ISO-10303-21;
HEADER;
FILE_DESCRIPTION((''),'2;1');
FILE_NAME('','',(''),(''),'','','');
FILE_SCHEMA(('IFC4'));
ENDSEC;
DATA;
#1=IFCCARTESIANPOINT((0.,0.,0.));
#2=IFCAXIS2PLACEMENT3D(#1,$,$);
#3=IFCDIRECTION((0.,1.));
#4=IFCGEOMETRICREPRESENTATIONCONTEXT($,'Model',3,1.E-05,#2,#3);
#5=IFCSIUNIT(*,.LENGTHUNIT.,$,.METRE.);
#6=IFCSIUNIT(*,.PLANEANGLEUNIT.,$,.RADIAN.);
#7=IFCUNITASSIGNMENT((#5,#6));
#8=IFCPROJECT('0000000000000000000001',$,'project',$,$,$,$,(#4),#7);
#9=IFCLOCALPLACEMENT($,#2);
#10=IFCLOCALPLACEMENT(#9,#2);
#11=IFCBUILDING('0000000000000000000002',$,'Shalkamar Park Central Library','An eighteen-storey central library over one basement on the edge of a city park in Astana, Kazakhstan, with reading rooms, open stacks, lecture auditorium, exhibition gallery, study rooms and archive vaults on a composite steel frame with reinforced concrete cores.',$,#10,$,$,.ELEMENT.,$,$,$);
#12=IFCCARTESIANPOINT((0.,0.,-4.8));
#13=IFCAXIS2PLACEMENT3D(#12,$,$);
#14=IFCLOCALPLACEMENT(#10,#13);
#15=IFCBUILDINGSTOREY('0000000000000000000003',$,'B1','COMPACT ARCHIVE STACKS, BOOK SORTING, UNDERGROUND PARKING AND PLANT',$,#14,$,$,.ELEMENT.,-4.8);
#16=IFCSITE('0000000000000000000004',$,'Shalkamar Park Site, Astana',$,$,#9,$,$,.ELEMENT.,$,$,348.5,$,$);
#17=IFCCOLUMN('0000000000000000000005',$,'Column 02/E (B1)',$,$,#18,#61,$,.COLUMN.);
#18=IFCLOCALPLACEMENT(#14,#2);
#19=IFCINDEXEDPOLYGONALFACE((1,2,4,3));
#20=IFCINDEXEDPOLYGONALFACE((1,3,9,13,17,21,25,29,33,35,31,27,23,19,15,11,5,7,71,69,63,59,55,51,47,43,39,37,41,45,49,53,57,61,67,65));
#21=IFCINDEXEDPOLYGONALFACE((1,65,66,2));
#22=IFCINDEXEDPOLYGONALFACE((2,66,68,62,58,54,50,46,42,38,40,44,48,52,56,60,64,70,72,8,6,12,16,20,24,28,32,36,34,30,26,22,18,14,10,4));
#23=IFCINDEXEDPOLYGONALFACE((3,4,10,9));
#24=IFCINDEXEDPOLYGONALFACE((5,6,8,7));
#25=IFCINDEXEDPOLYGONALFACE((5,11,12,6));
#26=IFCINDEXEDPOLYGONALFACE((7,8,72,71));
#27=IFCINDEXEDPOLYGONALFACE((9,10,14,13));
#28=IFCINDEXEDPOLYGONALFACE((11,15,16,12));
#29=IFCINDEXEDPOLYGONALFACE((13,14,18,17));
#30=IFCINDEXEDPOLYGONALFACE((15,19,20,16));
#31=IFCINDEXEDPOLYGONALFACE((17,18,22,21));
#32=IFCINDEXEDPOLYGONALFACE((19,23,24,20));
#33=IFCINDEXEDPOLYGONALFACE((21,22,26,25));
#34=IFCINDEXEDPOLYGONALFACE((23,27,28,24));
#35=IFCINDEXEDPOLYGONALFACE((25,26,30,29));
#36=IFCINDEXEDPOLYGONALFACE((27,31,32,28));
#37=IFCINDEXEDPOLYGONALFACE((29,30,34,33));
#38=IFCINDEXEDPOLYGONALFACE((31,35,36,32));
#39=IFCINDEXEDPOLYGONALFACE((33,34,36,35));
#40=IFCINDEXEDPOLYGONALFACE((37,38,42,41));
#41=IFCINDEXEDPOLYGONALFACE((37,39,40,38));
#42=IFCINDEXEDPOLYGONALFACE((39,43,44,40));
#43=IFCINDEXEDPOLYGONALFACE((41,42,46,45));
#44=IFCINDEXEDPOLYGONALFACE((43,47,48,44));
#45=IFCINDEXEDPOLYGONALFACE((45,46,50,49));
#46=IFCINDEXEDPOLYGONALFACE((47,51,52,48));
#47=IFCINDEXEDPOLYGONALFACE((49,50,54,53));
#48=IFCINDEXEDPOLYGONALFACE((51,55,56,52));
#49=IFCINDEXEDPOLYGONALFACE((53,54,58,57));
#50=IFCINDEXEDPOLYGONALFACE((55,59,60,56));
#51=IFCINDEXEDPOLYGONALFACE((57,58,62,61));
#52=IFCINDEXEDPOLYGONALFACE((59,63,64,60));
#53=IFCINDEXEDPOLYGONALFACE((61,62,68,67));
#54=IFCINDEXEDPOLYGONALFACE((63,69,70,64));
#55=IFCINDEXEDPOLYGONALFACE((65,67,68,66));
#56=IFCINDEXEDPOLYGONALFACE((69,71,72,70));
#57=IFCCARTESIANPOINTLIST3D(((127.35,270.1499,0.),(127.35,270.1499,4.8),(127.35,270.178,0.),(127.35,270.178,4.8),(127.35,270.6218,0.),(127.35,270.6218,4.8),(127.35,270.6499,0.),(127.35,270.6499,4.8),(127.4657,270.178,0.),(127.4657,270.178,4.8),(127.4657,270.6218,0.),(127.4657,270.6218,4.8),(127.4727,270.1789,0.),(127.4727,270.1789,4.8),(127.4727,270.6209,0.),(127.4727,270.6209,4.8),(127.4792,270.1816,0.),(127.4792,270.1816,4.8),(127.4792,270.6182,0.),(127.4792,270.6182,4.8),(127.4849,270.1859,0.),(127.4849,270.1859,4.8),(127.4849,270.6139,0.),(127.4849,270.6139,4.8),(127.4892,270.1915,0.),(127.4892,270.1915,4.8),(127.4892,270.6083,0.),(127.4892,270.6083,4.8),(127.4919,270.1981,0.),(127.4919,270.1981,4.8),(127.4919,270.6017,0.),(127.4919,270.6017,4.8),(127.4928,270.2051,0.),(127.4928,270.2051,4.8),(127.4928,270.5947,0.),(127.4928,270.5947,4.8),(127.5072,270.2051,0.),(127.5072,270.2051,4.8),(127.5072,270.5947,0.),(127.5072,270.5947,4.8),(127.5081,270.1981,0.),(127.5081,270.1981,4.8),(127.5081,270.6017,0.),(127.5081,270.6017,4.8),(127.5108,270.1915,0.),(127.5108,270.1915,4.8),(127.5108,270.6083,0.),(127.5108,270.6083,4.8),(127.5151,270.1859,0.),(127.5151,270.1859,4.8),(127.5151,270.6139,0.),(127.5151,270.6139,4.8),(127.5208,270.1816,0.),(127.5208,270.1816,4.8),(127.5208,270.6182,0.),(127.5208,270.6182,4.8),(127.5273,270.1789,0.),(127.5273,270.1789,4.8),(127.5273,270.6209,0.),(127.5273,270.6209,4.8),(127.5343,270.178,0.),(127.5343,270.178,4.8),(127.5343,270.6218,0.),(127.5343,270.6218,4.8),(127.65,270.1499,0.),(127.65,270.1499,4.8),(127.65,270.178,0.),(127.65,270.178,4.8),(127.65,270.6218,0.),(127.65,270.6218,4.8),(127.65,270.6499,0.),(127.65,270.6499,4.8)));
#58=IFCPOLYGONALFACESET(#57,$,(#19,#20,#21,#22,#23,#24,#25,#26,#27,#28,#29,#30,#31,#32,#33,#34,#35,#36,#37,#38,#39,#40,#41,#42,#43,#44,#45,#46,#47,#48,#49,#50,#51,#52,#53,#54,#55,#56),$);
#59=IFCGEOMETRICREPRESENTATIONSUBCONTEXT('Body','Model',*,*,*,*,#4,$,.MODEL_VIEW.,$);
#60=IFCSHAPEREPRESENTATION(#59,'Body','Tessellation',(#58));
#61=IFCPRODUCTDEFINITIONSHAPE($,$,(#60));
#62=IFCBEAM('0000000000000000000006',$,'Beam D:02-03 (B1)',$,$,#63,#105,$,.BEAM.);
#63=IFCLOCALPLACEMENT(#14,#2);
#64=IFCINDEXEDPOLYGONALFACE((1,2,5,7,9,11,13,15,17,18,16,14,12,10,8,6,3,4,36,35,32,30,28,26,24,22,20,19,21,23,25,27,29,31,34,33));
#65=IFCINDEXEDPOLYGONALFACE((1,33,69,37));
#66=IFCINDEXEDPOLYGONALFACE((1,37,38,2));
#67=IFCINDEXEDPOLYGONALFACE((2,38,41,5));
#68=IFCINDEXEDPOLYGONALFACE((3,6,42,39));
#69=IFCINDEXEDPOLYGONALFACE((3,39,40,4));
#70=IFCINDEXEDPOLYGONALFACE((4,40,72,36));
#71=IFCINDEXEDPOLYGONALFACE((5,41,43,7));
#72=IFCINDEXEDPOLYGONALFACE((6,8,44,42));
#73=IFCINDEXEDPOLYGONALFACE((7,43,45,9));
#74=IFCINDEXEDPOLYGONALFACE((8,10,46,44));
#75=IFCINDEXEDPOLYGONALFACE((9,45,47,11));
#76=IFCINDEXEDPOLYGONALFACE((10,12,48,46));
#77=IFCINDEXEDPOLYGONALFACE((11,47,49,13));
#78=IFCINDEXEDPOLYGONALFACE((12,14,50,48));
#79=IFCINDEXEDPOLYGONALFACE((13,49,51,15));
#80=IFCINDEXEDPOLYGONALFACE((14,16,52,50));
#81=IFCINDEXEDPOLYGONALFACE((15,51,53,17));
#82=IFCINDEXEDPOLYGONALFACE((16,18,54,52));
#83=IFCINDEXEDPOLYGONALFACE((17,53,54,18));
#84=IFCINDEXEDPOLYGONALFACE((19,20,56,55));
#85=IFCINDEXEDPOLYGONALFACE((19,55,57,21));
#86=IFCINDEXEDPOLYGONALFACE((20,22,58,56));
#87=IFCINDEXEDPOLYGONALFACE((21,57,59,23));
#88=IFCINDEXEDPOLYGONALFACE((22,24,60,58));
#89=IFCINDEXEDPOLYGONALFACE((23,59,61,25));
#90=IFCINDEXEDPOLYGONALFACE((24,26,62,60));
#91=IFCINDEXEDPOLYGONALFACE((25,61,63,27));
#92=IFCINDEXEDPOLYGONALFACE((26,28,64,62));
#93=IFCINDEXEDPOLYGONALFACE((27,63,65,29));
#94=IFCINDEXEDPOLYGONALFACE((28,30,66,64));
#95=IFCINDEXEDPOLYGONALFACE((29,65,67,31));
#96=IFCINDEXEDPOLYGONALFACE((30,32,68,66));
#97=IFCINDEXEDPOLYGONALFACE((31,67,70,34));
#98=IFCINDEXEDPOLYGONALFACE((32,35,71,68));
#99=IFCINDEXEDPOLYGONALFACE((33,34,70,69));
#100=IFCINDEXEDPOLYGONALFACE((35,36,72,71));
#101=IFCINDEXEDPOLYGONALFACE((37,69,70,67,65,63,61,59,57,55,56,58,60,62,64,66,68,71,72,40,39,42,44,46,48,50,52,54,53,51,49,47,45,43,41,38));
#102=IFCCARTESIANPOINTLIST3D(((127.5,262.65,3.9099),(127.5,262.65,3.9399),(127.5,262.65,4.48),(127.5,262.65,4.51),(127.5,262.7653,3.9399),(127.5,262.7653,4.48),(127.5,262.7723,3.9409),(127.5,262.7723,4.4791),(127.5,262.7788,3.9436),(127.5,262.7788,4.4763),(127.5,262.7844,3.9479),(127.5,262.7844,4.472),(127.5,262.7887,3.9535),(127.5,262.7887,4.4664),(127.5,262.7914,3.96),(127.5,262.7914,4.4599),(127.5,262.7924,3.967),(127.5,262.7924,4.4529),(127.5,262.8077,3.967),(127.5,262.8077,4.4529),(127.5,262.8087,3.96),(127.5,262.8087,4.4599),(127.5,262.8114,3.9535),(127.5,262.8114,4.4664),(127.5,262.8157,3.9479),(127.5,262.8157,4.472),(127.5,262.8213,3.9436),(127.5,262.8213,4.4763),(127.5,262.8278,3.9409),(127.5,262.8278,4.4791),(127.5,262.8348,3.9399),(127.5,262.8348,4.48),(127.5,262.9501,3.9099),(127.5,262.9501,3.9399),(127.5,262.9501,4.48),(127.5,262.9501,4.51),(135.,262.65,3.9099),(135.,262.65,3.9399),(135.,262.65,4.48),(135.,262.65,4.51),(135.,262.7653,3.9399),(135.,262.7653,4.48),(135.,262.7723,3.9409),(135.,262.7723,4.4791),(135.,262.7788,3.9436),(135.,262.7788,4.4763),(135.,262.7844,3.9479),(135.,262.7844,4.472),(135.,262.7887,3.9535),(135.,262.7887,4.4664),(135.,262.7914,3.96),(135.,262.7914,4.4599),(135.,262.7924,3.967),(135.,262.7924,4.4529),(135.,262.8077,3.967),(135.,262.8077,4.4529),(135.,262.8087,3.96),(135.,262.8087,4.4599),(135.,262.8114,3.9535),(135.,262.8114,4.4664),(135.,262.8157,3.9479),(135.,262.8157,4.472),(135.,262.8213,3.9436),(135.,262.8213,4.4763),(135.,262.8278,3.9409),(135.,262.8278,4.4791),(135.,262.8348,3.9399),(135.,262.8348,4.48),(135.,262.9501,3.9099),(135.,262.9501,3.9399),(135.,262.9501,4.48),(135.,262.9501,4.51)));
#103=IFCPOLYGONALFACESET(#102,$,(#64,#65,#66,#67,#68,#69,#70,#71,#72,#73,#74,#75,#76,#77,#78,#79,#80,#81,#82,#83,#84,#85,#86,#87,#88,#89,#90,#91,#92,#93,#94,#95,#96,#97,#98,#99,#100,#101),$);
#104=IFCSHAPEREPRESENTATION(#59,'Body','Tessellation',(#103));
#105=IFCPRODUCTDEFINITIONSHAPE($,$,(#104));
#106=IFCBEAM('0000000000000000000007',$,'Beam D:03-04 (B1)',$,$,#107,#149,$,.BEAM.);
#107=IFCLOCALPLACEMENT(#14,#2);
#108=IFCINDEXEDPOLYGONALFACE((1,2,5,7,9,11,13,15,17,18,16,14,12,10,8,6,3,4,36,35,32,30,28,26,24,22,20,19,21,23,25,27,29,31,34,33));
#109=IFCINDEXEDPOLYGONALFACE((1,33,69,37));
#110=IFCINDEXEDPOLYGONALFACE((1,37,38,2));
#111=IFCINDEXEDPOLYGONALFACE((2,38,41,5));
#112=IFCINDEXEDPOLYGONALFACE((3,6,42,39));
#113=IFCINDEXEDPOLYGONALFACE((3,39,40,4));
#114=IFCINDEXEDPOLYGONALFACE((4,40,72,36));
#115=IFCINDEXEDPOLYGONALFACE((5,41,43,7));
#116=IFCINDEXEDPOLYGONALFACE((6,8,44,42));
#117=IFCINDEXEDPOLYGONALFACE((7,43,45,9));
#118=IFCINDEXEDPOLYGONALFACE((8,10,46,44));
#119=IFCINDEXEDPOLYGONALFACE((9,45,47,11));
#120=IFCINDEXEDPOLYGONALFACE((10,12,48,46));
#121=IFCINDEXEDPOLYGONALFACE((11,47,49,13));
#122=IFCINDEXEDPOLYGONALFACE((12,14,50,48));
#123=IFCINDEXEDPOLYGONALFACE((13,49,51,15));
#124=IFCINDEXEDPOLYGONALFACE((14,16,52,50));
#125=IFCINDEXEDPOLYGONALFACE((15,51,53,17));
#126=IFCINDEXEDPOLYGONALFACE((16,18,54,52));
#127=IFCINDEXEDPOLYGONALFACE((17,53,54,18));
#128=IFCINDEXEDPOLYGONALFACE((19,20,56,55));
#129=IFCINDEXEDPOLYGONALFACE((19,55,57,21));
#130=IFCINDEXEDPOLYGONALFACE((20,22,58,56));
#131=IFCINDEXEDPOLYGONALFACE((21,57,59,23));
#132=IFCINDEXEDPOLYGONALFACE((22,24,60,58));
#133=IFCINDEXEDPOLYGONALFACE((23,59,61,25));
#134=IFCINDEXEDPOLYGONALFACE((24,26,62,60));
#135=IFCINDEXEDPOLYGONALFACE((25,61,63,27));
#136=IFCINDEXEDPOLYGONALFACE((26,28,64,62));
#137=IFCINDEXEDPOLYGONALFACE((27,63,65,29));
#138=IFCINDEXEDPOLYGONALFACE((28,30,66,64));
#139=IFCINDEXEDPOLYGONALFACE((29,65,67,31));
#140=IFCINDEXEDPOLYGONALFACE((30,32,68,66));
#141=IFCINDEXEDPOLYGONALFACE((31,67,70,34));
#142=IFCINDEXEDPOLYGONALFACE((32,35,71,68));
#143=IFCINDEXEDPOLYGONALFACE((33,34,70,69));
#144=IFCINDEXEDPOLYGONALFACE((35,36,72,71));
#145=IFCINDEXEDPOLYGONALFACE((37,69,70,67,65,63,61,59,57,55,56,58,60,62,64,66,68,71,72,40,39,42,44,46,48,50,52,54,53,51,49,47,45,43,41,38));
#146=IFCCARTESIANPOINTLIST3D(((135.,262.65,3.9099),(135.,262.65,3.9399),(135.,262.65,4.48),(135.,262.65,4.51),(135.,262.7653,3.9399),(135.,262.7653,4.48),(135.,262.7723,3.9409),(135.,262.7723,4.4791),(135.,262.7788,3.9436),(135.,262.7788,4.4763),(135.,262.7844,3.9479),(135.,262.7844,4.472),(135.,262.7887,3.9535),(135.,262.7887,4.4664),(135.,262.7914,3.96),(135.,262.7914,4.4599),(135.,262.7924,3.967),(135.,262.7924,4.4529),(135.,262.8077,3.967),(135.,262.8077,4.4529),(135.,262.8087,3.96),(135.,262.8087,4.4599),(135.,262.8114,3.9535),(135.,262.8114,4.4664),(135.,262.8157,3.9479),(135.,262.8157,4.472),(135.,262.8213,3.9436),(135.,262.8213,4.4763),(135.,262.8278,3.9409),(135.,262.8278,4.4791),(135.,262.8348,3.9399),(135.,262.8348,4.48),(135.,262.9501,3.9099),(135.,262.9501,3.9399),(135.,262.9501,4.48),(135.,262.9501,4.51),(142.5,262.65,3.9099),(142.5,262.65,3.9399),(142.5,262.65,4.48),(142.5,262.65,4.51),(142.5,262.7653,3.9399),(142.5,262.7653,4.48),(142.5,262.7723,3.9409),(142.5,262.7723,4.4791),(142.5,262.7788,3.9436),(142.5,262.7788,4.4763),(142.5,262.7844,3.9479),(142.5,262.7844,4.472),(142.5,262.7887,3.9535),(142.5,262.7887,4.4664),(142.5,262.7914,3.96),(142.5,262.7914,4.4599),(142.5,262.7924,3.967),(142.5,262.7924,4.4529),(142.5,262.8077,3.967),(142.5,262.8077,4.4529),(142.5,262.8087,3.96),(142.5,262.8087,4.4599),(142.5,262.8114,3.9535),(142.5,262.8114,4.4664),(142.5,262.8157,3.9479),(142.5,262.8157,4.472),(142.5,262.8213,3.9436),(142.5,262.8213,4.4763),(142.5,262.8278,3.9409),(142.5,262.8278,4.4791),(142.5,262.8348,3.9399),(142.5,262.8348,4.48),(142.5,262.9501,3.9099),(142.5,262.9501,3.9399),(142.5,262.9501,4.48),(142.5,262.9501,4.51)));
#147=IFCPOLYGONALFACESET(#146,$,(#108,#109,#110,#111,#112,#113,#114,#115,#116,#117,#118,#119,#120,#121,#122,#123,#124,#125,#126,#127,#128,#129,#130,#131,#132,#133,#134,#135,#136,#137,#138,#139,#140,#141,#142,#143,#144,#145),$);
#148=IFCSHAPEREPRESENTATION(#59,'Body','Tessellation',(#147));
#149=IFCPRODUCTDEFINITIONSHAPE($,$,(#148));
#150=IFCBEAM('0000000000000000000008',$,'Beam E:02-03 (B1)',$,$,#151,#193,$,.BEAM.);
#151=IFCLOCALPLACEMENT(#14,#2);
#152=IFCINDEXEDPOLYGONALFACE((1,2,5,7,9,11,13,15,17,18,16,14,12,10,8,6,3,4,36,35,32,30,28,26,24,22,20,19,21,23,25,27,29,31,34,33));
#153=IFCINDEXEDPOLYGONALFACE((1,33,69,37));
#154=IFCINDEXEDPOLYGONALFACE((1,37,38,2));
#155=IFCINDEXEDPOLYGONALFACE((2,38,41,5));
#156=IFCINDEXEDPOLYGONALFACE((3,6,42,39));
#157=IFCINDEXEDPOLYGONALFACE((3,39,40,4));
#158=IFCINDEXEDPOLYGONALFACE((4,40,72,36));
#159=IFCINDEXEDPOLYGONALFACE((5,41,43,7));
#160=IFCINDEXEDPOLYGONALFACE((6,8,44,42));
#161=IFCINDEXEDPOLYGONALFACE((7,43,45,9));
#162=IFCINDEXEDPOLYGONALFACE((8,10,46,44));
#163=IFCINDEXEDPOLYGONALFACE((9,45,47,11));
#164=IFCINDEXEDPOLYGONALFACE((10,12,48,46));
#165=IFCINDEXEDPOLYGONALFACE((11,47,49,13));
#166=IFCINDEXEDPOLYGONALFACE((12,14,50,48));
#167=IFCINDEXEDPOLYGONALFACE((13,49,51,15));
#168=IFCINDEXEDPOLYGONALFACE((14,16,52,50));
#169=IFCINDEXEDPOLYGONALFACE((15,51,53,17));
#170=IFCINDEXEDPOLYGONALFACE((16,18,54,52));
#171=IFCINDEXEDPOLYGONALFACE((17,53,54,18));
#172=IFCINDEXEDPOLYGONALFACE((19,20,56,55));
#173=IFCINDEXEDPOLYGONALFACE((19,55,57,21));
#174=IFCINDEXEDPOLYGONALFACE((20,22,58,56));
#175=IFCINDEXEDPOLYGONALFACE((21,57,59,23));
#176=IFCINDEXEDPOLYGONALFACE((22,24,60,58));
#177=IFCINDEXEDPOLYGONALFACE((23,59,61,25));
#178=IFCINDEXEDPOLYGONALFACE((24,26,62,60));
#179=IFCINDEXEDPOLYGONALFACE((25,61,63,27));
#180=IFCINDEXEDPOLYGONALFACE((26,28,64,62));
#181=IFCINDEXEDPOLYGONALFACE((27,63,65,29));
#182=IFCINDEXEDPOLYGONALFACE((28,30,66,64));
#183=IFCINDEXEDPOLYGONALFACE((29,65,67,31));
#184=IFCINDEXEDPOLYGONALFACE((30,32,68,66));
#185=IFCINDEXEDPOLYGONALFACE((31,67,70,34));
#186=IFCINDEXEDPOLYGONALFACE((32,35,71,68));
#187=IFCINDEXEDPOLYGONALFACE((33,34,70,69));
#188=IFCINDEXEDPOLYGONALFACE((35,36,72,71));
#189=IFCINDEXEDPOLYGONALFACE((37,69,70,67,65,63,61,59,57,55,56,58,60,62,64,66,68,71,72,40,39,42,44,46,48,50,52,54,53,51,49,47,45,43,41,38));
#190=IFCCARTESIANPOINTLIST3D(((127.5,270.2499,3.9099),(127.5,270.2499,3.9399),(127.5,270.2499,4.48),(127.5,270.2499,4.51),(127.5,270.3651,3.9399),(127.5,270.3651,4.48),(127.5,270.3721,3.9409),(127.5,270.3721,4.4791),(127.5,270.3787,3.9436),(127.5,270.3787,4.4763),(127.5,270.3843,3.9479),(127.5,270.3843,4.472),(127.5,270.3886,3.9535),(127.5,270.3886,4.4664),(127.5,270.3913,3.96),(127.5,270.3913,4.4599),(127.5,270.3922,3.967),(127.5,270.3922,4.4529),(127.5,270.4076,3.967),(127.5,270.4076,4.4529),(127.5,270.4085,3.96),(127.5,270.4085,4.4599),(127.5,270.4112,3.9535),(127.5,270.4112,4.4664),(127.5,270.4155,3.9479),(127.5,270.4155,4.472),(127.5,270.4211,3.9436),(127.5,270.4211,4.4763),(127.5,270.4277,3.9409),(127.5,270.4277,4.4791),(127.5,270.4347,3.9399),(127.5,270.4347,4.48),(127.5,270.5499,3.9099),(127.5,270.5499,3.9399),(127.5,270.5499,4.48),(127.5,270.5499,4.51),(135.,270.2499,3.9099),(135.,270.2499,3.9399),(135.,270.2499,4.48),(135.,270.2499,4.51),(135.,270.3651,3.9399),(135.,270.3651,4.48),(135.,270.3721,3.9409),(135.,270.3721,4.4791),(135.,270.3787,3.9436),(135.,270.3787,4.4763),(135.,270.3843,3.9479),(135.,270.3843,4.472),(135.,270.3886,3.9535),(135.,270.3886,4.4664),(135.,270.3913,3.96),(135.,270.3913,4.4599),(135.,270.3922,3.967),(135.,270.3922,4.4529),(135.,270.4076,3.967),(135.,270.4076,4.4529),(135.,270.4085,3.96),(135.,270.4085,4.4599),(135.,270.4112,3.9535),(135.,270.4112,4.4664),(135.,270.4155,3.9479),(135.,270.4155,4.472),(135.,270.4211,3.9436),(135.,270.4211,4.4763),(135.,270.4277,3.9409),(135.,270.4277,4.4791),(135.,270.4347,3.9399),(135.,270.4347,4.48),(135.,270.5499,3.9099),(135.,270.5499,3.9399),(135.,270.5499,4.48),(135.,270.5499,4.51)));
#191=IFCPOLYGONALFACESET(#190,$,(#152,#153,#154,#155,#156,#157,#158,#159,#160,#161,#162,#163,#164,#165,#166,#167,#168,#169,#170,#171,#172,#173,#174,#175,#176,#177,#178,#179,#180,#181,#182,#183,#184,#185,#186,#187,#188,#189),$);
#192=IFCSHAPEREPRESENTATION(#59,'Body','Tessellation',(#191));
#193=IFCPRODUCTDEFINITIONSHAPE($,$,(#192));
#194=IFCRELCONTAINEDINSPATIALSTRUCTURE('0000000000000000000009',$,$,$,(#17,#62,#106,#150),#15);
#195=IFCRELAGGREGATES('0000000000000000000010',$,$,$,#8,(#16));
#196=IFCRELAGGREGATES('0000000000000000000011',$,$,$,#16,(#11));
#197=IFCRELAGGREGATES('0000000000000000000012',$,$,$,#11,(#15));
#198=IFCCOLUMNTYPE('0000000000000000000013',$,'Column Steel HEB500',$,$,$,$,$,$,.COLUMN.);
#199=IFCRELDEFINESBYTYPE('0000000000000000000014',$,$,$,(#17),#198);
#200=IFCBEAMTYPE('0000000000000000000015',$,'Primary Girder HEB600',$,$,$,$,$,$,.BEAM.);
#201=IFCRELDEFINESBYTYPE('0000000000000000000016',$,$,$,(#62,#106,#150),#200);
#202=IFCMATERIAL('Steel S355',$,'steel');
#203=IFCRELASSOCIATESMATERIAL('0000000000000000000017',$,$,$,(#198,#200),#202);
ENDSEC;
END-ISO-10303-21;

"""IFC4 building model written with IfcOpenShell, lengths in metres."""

from ifc_helpers import new_model, si_unit, direction, frame, origin, origin_2d, place, context, subcontext, project, spatial, i_section, extrude, material, material_profile, profile_set, type_object, element, save


model = new_model("IFC4")

# Units and contexts
model_context = context("Model", 3, precision=1e-05, world=origin(), true_north=direction((0.0, 1.0)))
body_context = subcontext(model_context, "Body", "Model", "MODEL_VIEW")
ifc_project = project(units=[si_unit("LENGTHUNIT", "METRE"), si_unit("PLANEANGLEUNIT", "RADIAN")], contexts=[model_context])

# Site, building, storey
site_placement = place(None, origin())
site = spatial("IfcSite", under=ifc_project, at=site_placement, Name="Shalkamar Park Site, Astana", CompositionType="ELEMENT", RefElevation=348.5)
building_placement = place(site_placement, origin())
building = spatial("IfcBuilding", under=site, at=building_placement, Name="Shalkamar Park Central Library", Description="An eighteen-storey central library over one basement on the edge of a city park in Astana, Kazakhstan, with reading rooms, open stacks, lecture auditorium, exhibition gallery, study rooms and archive vaults on a composite steel frame with reinforced concrete cores.", CompositionType="ELEMENT")
storey_placement = place(building_placement, frame((0.0, 0.0, -4.8)))
storey = spatial("IfcBuildingStorey", under=building, at=storey_placement, Name="B1", Description="COMPACT ARCHIVE STACKS, BOOK SORTING, UNDERGROUND PARKING AND PLANT", CompositionType="ELEMENT", Elevation=-4.8)

# Column
ifc_material_1 = material(Name="Steel S355", Category="steel")
ifc_material_profile_1 = material_profile(ifc_material_1, i_section(OverallWidth=0.3, OverallDepth=0.5, WebThickness=0.0144, FlangeThickness=0.0281, FilletRadius=0.0271, at=origin_2d()), Name="HEB 500")
ifc_profile_set_1 = profile_set([ifc_material_profile_1], Name="Steel S355")
column_type_1 = type_object("IfcColumnType", Name="Column Steel HEB500", PredefinedType="COLUMN", material=ifc_profile_set_1)
for number, where, z_axis, x_axis, name in (
    (1, (127.5, 270.3999, 0.0), (0.0, 0.0, 1.0), (1.0, 0.0, 0.0), "Column 02/E (B1)"),
):
    element("IfcColumn", number, at=place(storey_placement, frame(where, z_axis=z_axis, x_axis=x_axis)), inside=storey, type_object=column_type_1, Name=name, PredefinedType="COLUMN", context=body_context, shape_type="SweptSolid", body=[
        extrude(i_section(OverallWidth=0.3, OverallDepth=0.5, WebThickness=0.0144, FlangeThickness=0.0281, FilletRadius=0.0271, at=origin_2d()), origin(), (0.0, 0.0, 1.0), 4.8),
    ])

# Beams
ifc_material_profile_2 = material_profile(ifc_material_1, i_section(OverallWidth=0.3, OverallDepth=0.6001, WebThickness=0.0154, FlangeThickness=0.03, FilletRadius=0.0271, at=origin_2d()), Name="HEB 600")
ifc_profile_set_2 = profile_set([ifc_material_profile_2], Name="Steel S355")
beam_type = type_object("IfcBeamType", Name="Primary Girder HEB600", PredefinedType="BEAM", material=ifc_profile_set_2)
for number, where, z_axis, x_axis, name in (
    (2, (127.5, 262.8, 4.21), (1.0, 0.0, 0.0), (0.0, 1.0, 0.0), "Beam D:02-03 (B1)"),
    (3, (135.0, 262.8, 4.21), (1.0, 0.0, 0.0), (0.0, 1.0, 0.0), "Beam D:03-04 (B1)"),
    (4, (127.5, 270.3999, 4.21), (1.0, 0.0, 0.0), (0.0, 1.0, 0.0), "Beam E:02-03 (B1)"),
):
    element("IfcBeam", number, at=place(storey_placement, frame(where, z_axis=z_axis, x_axis=x_axis)), inside=storey, type_object=beam_type, Name=name, PredefinedType="BEAM", context=body_context, shape_type="SweptSolid", body=[
        extrude(i_section(OverallWidth=0.3, OverallDepth=0.6001, WebThickness=0.0154, FlangeThickness=0.03, FilletRadius=0.0271, at=origin_2d()), origin(), (0.0, 0.0, 1.0), 7.5),
    ])

save(model, "model.ifc")
